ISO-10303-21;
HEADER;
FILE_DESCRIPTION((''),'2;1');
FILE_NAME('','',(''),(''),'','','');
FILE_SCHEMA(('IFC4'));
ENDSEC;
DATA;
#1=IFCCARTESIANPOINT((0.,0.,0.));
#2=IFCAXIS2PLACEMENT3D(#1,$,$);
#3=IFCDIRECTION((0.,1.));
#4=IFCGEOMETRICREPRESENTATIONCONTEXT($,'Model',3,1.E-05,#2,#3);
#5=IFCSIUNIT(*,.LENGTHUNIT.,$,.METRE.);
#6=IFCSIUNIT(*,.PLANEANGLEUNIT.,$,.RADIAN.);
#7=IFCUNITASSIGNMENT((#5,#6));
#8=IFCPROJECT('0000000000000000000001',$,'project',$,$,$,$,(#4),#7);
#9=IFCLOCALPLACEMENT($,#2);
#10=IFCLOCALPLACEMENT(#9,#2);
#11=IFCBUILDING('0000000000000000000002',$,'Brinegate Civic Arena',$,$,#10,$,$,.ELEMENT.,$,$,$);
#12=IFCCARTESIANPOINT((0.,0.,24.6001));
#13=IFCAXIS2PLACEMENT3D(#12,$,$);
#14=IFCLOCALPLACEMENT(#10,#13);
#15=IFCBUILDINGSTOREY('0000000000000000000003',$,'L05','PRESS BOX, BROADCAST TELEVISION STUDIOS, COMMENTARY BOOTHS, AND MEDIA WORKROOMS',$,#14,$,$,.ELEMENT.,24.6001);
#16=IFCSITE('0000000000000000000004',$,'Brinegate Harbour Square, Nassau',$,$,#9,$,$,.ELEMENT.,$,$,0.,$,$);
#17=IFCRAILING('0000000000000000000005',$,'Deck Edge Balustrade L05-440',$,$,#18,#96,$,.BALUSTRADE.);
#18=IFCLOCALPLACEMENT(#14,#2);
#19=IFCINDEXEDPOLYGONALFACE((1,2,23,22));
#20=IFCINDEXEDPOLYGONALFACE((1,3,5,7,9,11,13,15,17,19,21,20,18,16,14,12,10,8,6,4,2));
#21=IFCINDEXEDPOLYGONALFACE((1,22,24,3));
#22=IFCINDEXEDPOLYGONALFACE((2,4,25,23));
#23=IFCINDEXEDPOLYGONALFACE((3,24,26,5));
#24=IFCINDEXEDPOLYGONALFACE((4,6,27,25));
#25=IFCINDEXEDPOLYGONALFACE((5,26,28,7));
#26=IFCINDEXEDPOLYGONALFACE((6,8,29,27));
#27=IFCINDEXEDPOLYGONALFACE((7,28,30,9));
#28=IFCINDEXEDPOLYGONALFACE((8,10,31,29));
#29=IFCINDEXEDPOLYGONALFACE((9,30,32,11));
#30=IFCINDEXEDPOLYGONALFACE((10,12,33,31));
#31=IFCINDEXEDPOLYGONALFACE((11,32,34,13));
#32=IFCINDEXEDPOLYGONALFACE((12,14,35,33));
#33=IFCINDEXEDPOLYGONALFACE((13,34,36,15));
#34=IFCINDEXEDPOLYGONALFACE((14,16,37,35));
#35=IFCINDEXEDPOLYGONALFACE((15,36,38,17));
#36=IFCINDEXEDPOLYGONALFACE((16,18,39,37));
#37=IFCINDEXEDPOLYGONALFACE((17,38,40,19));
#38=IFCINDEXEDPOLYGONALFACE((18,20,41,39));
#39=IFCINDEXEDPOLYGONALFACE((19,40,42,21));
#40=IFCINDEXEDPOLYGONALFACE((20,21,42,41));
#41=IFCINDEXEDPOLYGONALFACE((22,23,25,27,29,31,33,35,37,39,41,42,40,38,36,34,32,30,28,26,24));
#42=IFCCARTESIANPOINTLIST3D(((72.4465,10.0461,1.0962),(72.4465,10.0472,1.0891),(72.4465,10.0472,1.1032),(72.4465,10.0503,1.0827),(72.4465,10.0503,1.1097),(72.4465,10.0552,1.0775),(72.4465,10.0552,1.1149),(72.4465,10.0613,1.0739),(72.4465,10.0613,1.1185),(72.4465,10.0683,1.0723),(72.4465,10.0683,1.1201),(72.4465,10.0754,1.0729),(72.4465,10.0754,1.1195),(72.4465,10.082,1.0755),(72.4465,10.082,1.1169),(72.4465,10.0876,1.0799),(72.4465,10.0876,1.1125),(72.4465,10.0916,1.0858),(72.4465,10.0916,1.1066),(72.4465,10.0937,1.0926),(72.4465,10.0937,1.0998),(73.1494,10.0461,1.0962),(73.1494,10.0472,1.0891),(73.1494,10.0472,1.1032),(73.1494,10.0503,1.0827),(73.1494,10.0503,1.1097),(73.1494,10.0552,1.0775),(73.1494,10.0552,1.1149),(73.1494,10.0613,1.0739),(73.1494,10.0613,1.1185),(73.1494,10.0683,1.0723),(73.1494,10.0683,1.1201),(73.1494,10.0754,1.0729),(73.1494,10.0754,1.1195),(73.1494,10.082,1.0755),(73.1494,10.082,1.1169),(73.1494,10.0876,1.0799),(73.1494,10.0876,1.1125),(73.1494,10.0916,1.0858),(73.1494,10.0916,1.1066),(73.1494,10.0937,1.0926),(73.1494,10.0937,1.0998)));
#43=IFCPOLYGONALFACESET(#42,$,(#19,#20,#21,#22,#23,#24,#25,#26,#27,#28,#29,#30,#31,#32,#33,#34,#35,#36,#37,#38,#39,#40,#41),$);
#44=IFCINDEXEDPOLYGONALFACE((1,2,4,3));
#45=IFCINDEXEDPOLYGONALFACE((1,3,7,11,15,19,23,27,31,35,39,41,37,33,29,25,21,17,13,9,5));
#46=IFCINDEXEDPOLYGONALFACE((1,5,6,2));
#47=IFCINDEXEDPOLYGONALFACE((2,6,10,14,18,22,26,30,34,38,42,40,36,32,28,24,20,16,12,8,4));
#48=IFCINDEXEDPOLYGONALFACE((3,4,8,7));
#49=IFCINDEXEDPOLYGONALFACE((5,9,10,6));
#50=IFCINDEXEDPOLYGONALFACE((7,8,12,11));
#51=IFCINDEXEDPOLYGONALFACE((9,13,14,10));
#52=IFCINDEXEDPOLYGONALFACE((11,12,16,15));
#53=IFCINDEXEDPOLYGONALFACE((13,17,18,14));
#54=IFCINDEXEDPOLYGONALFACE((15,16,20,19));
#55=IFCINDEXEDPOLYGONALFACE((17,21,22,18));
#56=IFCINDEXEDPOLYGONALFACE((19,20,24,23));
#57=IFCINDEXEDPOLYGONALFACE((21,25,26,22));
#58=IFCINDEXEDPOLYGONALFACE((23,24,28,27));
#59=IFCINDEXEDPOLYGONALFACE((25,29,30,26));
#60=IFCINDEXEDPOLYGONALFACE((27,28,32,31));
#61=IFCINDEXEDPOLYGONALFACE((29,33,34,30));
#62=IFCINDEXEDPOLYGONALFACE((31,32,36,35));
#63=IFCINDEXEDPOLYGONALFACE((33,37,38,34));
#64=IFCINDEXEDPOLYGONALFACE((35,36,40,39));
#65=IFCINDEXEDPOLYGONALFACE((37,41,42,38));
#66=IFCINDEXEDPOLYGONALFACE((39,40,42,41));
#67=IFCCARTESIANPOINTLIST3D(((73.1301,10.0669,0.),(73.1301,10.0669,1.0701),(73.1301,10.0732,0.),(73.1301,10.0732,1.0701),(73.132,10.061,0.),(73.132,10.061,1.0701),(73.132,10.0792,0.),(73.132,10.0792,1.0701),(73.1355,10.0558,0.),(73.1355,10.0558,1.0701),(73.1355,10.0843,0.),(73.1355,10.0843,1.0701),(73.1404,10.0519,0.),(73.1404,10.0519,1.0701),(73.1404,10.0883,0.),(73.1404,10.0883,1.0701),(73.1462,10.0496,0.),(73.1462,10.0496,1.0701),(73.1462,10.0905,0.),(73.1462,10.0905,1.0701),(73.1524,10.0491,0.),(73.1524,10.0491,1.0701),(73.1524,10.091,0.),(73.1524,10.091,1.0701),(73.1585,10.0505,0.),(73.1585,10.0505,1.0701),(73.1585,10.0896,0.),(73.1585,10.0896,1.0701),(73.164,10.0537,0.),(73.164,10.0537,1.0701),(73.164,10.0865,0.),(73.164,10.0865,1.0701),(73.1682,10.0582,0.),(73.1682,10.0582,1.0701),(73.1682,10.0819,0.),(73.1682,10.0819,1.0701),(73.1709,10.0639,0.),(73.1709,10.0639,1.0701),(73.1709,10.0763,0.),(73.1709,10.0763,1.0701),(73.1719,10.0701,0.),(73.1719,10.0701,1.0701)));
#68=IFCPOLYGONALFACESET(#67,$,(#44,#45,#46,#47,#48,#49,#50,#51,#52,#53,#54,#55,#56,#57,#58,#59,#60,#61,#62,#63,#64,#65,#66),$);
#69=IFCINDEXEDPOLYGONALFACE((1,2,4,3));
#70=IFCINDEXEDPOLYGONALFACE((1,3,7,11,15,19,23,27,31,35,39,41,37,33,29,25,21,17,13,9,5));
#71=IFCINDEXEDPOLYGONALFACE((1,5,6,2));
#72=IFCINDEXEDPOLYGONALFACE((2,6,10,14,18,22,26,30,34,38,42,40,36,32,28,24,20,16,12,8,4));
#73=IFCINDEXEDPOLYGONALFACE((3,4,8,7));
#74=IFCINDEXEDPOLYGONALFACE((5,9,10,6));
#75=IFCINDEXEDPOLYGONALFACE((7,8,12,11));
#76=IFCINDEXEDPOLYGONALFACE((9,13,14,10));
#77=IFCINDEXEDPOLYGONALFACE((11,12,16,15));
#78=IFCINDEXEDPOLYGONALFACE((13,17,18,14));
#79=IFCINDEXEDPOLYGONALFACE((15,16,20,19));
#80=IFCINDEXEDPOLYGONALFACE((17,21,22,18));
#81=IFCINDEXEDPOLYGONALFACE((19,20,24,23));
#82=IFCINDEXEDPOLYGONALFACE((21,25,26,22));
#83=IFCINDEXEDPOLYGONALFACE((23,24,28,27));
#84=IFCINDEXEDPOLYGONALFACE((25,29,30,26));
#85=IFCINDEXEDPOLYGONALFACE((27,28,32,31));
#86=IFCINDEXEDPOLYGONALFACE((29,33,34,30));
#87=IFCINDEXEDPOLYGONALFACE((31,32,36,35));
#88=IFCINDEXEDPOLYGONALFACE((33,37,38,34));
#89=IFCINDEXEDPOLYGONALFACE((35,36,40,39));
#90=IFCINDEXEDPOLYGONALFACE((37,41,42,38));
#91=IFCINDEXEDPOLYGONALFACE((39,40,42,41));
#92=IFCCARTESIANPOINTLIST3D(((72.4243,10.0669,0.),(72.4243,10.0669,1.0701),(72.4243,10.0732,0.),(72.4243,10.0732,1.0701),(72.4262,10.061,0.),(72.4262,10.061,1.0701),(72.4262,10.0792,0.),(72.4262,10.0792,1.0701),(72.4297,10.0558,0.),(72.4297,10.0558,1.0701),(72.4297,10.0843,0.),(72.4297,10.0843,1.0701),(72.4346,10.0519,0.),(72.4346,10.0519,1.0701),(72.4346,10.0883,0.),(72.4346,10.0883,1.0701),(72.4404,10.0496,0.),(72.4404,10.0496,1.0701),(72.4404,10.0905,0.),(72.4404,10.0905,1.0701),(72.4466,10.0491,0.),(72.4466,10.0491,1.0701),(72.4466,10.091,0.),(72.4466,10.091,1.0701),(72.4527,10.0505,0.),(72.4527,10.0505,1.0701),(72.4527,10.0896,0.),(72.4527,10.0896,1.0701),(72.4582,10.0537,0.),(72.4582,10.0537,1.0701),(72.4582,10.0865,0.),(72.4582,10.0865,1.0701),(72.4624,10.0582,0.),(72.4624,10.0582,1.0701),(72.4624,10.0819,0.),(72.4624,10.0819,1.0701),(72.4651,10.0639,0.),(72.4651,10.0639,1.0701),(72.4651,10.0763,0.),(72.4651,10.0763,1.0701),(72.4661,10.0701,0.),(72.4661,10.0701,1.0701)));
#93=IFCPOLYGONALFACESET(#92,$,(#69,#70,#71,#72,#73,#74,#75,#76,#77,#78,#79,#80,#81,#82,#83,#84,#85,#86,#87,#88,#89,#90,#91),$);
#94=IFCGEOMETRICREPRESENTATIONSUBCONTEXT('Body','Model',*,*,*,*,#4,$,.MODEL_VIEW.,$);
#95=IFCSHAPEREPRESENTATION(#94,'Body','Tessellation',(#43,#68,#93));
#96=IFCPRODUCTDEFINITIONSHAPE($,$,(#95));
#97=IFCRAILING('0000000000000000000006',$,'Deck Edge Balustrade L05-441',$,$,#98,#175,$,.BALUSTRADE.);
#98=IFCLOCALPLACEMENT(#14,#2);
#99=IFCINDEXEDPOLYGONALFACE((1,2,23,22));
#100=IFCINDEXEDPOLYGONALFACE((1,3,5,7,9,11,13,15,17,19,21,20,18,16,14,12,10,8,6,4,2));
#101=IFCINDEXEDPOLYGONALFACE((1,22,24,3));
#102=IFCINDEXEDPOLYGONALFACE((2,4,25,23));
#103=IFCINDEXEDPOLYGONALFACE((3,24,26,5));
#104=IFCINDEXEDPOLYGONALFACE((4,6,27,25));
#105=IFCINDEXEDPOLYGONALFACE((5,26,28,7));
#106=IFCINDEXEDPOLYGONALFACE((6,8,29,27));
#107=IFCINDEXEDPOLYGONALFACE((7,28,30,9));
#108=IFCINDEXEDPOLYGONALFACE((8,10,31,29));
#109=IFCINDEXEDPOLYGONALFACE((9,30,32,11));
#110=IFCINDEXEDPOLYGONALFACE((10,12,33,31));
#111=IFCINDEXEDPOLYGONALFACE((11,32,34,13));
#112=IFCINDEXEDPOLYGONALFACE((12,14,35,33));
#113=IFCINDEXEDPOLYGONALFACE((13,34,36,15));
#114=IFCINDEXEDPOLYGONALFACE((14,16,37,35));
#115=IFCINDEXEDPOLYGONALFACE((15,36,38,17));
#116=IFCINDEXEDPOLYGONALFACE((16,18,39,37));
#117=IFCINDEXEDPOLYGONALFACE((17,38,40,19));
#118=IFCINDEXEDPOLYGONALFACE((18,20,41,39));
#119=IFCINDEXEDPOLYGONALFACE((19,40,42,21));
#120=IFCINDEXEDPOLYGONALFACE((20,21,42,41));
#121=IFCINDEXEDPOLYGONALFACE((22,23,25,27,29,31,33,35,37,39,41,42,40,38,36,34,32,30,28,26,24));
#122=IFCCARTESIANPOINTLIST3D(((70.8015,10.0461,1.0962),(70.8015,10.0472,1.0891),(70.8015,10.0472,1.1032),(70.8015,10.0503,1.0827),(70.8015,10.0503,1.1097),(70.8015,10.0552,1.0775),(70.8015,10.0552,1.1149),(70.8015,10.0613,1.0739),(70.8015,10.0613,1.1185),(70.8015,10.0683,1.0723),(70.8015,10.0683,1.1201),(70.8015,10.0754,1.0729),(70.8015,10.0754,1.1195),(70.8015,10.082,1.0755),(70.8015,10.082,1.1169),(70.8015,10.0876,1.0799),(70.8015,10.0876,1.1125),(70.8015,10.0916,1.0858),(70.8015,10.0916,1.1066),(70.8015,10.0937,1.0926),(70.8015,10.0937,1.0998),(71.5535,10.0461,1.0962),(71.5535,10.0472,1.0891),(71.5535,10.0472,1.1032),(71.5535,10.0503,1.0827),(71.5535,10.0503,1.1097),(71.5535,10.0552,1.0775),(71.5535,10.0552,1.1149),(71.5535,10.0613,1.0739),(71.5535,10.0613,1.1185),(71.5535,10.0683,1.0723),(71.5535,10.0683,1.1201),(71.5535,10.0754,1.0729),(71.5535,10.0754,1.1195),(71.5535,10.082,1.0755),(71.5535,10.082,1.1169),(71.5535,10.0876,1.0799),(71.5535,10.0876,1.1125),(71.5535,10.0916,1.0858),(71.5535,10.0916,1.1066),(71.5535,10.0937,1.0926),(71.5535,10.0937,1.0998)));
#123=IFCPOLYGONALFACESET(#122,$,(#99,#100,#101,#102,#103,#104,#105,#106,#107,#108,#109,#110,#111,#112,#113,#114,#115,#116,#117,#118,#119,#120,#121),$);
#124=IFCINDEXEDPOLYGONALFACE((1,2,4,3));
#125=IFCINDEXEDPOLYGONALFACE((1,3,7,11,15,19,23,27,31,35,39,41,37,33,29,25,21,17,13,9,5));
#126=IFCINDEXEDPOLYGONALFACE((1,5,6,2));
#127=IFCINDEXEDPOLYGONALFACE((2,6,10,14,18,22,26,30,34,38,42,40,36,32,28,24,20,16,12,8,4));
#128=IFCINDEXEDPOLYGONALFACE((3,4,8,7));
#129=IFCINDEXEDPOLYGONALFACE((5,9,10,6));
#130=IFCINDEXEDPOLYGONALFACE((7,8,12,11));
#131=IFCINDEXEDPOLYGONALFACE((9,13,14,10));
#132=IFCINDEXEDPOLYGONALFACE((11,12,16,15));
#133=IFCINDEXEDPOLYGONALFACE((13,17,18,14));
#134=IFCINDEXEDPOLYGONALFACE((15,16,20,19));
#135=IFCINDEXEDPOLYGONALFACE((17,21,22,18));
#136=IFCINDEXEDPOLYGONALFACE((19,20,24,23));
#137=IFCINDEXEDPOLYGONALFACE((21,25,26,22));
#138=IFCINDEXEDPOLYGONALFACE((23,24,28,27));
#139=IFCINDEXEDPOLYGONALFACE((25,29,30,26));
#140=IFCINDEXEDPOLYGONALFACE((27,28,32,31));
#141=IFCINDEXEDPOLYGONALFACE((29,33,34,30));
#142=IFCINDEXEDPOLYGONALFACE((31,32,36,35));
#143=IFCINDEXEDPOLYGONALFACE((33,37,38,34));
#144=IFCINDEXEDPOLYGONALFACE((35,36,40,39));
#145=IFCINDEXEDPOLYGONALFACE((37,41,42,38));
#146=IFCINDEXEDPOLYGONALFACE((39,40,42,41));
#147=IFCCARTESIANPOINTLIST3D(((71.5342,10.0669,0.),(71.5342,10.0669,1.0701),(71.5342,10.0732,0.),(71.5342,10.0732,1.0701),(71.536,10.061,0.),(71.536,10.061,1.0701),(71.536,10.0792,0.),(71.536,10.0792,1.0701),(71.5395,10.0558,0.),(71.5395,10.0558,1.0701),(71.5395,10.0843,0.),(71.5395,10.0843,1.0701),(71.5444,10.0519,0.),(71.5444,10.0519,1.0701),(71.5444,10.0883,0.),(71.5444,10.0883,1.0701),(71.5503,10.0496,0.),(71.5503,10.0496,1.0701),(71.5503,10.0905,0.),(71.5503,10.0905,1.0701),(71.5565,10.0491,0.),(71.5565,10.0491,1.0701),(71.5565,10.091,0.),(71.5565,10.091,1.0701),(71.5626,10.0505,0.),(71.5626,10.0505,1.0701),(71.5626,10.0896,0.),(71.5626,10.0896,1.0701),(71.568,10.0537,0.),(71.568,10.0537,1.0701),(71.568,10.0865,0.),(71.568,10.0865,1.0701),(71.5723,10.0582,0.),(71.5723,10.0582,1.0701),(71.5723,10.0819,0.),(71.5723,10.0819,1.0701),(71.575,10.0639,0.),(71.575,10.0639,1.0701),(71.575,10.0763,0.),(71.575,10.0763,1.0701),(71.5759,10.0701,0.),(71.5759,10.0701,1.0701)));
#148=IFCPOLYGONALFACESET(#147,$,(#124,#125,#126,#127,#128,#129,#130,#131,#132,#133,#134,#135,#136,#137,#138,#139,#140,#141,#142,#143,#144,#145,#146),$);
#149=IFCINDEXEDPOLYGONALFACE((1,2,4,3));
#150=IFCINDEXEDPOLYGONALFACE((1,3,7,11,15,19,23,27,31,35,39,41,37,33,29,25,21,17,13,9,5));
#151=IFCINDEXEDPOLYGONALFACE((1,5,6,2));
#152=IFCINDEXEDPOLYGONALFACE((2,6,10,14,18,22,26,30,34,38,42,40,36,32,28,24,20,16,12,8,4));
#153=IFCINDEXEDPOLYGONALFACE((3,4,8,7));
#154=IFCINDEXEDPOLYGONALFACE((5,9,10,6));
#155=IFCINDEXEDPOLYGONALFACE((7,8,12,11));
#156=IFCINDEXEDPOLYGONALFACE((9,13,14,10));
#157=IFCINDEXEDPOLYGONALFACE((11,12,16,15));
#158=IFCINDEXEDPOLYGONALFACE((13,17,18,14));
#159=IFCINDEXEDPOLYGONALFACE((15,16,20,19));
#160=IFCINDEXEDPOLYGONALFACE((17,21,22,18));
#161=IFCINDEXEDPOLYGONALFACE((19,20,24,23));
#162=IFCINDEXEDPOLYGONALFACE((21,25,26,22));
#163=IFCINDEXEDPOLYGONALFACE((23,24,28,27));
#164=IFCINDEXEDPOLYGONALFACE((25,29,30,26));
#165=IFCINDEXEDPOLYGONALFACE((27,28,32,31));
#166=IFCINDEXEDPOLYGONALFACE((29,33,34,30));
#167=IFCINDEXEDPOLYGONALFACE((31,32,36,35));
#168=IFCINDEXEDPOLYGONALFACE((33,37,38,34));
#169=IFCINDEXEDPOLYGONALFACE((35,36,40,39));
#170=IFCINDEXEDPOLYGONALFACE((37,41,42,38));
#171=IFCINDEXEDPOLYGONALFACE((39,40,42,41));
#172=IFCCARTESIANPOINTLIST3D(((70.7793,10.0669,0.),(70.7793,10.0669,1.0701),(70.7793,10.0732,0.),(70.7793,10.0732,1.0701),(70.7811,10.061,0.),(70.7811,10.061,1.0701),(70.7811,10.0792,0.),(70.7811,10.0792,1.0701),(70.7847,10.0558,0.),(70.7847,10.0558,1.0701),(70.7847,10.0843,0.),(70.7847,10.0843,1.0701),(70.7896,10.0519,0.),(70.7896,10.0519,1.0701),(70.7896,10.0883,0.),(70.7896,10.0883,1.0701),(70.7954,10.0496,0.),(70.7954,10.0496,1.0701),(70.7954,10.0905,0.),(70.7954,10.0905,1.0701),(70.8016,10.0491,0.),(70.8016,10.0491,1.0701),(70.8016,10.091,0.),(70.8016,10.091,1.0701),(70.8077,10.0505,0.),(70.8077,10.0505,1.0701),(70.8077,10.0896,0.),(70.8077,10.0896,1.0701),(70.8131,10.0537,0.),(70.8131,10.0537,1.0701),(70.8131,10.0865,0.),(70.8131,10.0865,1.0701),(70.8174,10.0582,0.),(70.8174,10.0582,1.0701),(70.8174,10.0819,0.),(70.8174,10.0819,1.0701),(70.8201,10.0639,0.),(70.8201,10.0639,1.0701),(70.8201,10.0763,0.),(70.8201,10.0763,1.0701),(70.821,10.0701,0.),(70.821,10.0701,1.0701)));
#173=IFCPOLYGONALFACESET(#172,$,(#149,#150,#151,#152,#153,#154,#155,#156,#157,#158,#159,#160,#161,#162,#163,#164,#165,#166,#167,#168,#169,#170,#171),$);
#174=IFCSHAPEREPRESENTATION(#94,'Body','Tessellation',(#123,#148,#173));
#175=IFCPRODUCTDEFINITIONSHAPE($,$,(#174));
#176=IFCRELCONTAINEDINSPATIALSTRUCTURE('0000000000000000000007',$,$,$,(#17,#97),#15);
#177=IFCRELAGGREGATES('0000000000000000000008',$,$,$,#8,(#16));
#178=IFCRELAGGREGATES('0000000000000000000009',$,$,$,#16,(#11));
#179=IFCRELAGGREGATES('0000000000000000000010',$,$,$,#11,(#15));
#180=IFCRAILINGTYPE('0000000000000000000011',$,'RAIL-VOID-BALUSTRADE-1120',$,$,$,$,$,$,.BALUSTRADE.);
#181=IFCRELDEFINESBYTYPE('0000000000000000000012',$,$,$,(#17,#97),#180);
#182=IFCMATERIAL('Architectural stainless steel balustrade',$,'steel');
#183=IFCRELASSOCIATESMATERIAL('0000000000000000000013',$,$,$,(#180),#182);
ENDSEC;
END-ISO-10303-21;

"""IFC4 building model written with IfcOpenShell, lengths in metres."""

from ifc_helpers import new_model, si_unit, direction, frame, origin, origin_2d, place, context, subcontext, project, spatial, circle, extrude, material, type_object, element, save


model = new_model("IFC4")

# Units and contexts
model_context = context("Model", 3, precision=1e-05, world=origin(), true_north=direction((0.0, 1.0)))
body_context = subcontext(model_context, "Body", "Model", "MODEL_VIEW")
ifc_project = project(units=[si_unit("LENGTHUNIT", "METRE"), si_unit("PLANEANGLEUNIT", "RADIAN")], contexts=[model_context])

# Site, building, storey
site_placement = place(None, origin())
site = spatial("IfcSite", under=ifc_project, at=site_placement, Name="Brinegate Harbour Square, Nassau", CompositionType="ELEMENT", RefElevation=0.0)
building_placement = place(site_placement, origin())
building = spatial("IfcBuilding", under=site, at=building_placement, Name="Brinegate Civic Arena", CompositionType="ELEMENT")
storey_placement = place(building_placement, frame((0.0, 0.0, 24.6001)))
storey = spatial("IfcBuildingStorey", under=building, at=storey_placement, Name="L05", Description="PRESS BOX, BROADCAST TELEVISION STUDIOS, COMMENTARY BOOTHS, AND MEDIA WORKROOMS", CompositionType="ELEMENT", Elevation=24.6001)

# Railings
ifc_material_1 = material(Name="Architectural stainless steel balustrade", Category="steel")
railing_type = type_object("IfcRailingType", Name="RAIL-VOID-BALUSTRADE-1120", PredefinedType="BALUSTRADE", material=ifc_material_1)
for number, where, name in (
    (1, (73.1509, 10.0701, 0.0), "Deck Edge Balustrade L05-440"),
):
    element("IfcRailing", number, at=place(storey_placement, frame(where)), inside=storey, type_object=railing_type, Name=name, PredefinedType="BALUSTRADE", context=body_context, shape_type="SweptSolid", body=[
        extrude(circle(Radius=0.0239, at=origin_2d()), frame((-0.0015, 0.0, 1.0962), z_axis=(-1.0, 0.0, 0.0), x_axis=(0.0, -1.0, 0.0)), (0.0, 0.0, 1.0), 0.7029),
        extrude(circle(Radius=0.021, at=origin_2d()), origin(), (0.0, 0.0, 1.0), 1.0701),
        extrude(circle(Radius=0.021, at=origin_2d()), frame((-0.7058, 0.0, 0.0)), (0.0, 0.0, 1.0), 1.0701),
    ])
railing_1_placement = place(storey_placement, frame((71.5549, 10.0701, 0.0)))
element("IfcRailing", 2, at=railing_1_placement, inside=storey, type_object=railing_type, Name="Deck Edge Balustrade L05-441", PredefinedType="BALUSTRADE", context=body_context, shape_type="SweptSolid", body=[
    extrude(circle(Radius=0.0239, at=origin_2d()), frame((-0.0015, 0.0, 1.0962), z_axis=(-1.0, 0.0, 0.0), x_axis=(0.0, -1.0, 0.0)), (0.0, 0.0, 1.0), 0.752),
    extrude(circle(Radius=0.021, at=origin_2d()), origin(), (0.0, 0.0, 1.0), 1.0701),
    extrude(circle(Radius=0.021, at=origin_2d()), frame((-0.7549, 0.0, 0.0)), (0.0, 0.0, 1.0), 1.0701),
])

save(model, "model.ifc")
